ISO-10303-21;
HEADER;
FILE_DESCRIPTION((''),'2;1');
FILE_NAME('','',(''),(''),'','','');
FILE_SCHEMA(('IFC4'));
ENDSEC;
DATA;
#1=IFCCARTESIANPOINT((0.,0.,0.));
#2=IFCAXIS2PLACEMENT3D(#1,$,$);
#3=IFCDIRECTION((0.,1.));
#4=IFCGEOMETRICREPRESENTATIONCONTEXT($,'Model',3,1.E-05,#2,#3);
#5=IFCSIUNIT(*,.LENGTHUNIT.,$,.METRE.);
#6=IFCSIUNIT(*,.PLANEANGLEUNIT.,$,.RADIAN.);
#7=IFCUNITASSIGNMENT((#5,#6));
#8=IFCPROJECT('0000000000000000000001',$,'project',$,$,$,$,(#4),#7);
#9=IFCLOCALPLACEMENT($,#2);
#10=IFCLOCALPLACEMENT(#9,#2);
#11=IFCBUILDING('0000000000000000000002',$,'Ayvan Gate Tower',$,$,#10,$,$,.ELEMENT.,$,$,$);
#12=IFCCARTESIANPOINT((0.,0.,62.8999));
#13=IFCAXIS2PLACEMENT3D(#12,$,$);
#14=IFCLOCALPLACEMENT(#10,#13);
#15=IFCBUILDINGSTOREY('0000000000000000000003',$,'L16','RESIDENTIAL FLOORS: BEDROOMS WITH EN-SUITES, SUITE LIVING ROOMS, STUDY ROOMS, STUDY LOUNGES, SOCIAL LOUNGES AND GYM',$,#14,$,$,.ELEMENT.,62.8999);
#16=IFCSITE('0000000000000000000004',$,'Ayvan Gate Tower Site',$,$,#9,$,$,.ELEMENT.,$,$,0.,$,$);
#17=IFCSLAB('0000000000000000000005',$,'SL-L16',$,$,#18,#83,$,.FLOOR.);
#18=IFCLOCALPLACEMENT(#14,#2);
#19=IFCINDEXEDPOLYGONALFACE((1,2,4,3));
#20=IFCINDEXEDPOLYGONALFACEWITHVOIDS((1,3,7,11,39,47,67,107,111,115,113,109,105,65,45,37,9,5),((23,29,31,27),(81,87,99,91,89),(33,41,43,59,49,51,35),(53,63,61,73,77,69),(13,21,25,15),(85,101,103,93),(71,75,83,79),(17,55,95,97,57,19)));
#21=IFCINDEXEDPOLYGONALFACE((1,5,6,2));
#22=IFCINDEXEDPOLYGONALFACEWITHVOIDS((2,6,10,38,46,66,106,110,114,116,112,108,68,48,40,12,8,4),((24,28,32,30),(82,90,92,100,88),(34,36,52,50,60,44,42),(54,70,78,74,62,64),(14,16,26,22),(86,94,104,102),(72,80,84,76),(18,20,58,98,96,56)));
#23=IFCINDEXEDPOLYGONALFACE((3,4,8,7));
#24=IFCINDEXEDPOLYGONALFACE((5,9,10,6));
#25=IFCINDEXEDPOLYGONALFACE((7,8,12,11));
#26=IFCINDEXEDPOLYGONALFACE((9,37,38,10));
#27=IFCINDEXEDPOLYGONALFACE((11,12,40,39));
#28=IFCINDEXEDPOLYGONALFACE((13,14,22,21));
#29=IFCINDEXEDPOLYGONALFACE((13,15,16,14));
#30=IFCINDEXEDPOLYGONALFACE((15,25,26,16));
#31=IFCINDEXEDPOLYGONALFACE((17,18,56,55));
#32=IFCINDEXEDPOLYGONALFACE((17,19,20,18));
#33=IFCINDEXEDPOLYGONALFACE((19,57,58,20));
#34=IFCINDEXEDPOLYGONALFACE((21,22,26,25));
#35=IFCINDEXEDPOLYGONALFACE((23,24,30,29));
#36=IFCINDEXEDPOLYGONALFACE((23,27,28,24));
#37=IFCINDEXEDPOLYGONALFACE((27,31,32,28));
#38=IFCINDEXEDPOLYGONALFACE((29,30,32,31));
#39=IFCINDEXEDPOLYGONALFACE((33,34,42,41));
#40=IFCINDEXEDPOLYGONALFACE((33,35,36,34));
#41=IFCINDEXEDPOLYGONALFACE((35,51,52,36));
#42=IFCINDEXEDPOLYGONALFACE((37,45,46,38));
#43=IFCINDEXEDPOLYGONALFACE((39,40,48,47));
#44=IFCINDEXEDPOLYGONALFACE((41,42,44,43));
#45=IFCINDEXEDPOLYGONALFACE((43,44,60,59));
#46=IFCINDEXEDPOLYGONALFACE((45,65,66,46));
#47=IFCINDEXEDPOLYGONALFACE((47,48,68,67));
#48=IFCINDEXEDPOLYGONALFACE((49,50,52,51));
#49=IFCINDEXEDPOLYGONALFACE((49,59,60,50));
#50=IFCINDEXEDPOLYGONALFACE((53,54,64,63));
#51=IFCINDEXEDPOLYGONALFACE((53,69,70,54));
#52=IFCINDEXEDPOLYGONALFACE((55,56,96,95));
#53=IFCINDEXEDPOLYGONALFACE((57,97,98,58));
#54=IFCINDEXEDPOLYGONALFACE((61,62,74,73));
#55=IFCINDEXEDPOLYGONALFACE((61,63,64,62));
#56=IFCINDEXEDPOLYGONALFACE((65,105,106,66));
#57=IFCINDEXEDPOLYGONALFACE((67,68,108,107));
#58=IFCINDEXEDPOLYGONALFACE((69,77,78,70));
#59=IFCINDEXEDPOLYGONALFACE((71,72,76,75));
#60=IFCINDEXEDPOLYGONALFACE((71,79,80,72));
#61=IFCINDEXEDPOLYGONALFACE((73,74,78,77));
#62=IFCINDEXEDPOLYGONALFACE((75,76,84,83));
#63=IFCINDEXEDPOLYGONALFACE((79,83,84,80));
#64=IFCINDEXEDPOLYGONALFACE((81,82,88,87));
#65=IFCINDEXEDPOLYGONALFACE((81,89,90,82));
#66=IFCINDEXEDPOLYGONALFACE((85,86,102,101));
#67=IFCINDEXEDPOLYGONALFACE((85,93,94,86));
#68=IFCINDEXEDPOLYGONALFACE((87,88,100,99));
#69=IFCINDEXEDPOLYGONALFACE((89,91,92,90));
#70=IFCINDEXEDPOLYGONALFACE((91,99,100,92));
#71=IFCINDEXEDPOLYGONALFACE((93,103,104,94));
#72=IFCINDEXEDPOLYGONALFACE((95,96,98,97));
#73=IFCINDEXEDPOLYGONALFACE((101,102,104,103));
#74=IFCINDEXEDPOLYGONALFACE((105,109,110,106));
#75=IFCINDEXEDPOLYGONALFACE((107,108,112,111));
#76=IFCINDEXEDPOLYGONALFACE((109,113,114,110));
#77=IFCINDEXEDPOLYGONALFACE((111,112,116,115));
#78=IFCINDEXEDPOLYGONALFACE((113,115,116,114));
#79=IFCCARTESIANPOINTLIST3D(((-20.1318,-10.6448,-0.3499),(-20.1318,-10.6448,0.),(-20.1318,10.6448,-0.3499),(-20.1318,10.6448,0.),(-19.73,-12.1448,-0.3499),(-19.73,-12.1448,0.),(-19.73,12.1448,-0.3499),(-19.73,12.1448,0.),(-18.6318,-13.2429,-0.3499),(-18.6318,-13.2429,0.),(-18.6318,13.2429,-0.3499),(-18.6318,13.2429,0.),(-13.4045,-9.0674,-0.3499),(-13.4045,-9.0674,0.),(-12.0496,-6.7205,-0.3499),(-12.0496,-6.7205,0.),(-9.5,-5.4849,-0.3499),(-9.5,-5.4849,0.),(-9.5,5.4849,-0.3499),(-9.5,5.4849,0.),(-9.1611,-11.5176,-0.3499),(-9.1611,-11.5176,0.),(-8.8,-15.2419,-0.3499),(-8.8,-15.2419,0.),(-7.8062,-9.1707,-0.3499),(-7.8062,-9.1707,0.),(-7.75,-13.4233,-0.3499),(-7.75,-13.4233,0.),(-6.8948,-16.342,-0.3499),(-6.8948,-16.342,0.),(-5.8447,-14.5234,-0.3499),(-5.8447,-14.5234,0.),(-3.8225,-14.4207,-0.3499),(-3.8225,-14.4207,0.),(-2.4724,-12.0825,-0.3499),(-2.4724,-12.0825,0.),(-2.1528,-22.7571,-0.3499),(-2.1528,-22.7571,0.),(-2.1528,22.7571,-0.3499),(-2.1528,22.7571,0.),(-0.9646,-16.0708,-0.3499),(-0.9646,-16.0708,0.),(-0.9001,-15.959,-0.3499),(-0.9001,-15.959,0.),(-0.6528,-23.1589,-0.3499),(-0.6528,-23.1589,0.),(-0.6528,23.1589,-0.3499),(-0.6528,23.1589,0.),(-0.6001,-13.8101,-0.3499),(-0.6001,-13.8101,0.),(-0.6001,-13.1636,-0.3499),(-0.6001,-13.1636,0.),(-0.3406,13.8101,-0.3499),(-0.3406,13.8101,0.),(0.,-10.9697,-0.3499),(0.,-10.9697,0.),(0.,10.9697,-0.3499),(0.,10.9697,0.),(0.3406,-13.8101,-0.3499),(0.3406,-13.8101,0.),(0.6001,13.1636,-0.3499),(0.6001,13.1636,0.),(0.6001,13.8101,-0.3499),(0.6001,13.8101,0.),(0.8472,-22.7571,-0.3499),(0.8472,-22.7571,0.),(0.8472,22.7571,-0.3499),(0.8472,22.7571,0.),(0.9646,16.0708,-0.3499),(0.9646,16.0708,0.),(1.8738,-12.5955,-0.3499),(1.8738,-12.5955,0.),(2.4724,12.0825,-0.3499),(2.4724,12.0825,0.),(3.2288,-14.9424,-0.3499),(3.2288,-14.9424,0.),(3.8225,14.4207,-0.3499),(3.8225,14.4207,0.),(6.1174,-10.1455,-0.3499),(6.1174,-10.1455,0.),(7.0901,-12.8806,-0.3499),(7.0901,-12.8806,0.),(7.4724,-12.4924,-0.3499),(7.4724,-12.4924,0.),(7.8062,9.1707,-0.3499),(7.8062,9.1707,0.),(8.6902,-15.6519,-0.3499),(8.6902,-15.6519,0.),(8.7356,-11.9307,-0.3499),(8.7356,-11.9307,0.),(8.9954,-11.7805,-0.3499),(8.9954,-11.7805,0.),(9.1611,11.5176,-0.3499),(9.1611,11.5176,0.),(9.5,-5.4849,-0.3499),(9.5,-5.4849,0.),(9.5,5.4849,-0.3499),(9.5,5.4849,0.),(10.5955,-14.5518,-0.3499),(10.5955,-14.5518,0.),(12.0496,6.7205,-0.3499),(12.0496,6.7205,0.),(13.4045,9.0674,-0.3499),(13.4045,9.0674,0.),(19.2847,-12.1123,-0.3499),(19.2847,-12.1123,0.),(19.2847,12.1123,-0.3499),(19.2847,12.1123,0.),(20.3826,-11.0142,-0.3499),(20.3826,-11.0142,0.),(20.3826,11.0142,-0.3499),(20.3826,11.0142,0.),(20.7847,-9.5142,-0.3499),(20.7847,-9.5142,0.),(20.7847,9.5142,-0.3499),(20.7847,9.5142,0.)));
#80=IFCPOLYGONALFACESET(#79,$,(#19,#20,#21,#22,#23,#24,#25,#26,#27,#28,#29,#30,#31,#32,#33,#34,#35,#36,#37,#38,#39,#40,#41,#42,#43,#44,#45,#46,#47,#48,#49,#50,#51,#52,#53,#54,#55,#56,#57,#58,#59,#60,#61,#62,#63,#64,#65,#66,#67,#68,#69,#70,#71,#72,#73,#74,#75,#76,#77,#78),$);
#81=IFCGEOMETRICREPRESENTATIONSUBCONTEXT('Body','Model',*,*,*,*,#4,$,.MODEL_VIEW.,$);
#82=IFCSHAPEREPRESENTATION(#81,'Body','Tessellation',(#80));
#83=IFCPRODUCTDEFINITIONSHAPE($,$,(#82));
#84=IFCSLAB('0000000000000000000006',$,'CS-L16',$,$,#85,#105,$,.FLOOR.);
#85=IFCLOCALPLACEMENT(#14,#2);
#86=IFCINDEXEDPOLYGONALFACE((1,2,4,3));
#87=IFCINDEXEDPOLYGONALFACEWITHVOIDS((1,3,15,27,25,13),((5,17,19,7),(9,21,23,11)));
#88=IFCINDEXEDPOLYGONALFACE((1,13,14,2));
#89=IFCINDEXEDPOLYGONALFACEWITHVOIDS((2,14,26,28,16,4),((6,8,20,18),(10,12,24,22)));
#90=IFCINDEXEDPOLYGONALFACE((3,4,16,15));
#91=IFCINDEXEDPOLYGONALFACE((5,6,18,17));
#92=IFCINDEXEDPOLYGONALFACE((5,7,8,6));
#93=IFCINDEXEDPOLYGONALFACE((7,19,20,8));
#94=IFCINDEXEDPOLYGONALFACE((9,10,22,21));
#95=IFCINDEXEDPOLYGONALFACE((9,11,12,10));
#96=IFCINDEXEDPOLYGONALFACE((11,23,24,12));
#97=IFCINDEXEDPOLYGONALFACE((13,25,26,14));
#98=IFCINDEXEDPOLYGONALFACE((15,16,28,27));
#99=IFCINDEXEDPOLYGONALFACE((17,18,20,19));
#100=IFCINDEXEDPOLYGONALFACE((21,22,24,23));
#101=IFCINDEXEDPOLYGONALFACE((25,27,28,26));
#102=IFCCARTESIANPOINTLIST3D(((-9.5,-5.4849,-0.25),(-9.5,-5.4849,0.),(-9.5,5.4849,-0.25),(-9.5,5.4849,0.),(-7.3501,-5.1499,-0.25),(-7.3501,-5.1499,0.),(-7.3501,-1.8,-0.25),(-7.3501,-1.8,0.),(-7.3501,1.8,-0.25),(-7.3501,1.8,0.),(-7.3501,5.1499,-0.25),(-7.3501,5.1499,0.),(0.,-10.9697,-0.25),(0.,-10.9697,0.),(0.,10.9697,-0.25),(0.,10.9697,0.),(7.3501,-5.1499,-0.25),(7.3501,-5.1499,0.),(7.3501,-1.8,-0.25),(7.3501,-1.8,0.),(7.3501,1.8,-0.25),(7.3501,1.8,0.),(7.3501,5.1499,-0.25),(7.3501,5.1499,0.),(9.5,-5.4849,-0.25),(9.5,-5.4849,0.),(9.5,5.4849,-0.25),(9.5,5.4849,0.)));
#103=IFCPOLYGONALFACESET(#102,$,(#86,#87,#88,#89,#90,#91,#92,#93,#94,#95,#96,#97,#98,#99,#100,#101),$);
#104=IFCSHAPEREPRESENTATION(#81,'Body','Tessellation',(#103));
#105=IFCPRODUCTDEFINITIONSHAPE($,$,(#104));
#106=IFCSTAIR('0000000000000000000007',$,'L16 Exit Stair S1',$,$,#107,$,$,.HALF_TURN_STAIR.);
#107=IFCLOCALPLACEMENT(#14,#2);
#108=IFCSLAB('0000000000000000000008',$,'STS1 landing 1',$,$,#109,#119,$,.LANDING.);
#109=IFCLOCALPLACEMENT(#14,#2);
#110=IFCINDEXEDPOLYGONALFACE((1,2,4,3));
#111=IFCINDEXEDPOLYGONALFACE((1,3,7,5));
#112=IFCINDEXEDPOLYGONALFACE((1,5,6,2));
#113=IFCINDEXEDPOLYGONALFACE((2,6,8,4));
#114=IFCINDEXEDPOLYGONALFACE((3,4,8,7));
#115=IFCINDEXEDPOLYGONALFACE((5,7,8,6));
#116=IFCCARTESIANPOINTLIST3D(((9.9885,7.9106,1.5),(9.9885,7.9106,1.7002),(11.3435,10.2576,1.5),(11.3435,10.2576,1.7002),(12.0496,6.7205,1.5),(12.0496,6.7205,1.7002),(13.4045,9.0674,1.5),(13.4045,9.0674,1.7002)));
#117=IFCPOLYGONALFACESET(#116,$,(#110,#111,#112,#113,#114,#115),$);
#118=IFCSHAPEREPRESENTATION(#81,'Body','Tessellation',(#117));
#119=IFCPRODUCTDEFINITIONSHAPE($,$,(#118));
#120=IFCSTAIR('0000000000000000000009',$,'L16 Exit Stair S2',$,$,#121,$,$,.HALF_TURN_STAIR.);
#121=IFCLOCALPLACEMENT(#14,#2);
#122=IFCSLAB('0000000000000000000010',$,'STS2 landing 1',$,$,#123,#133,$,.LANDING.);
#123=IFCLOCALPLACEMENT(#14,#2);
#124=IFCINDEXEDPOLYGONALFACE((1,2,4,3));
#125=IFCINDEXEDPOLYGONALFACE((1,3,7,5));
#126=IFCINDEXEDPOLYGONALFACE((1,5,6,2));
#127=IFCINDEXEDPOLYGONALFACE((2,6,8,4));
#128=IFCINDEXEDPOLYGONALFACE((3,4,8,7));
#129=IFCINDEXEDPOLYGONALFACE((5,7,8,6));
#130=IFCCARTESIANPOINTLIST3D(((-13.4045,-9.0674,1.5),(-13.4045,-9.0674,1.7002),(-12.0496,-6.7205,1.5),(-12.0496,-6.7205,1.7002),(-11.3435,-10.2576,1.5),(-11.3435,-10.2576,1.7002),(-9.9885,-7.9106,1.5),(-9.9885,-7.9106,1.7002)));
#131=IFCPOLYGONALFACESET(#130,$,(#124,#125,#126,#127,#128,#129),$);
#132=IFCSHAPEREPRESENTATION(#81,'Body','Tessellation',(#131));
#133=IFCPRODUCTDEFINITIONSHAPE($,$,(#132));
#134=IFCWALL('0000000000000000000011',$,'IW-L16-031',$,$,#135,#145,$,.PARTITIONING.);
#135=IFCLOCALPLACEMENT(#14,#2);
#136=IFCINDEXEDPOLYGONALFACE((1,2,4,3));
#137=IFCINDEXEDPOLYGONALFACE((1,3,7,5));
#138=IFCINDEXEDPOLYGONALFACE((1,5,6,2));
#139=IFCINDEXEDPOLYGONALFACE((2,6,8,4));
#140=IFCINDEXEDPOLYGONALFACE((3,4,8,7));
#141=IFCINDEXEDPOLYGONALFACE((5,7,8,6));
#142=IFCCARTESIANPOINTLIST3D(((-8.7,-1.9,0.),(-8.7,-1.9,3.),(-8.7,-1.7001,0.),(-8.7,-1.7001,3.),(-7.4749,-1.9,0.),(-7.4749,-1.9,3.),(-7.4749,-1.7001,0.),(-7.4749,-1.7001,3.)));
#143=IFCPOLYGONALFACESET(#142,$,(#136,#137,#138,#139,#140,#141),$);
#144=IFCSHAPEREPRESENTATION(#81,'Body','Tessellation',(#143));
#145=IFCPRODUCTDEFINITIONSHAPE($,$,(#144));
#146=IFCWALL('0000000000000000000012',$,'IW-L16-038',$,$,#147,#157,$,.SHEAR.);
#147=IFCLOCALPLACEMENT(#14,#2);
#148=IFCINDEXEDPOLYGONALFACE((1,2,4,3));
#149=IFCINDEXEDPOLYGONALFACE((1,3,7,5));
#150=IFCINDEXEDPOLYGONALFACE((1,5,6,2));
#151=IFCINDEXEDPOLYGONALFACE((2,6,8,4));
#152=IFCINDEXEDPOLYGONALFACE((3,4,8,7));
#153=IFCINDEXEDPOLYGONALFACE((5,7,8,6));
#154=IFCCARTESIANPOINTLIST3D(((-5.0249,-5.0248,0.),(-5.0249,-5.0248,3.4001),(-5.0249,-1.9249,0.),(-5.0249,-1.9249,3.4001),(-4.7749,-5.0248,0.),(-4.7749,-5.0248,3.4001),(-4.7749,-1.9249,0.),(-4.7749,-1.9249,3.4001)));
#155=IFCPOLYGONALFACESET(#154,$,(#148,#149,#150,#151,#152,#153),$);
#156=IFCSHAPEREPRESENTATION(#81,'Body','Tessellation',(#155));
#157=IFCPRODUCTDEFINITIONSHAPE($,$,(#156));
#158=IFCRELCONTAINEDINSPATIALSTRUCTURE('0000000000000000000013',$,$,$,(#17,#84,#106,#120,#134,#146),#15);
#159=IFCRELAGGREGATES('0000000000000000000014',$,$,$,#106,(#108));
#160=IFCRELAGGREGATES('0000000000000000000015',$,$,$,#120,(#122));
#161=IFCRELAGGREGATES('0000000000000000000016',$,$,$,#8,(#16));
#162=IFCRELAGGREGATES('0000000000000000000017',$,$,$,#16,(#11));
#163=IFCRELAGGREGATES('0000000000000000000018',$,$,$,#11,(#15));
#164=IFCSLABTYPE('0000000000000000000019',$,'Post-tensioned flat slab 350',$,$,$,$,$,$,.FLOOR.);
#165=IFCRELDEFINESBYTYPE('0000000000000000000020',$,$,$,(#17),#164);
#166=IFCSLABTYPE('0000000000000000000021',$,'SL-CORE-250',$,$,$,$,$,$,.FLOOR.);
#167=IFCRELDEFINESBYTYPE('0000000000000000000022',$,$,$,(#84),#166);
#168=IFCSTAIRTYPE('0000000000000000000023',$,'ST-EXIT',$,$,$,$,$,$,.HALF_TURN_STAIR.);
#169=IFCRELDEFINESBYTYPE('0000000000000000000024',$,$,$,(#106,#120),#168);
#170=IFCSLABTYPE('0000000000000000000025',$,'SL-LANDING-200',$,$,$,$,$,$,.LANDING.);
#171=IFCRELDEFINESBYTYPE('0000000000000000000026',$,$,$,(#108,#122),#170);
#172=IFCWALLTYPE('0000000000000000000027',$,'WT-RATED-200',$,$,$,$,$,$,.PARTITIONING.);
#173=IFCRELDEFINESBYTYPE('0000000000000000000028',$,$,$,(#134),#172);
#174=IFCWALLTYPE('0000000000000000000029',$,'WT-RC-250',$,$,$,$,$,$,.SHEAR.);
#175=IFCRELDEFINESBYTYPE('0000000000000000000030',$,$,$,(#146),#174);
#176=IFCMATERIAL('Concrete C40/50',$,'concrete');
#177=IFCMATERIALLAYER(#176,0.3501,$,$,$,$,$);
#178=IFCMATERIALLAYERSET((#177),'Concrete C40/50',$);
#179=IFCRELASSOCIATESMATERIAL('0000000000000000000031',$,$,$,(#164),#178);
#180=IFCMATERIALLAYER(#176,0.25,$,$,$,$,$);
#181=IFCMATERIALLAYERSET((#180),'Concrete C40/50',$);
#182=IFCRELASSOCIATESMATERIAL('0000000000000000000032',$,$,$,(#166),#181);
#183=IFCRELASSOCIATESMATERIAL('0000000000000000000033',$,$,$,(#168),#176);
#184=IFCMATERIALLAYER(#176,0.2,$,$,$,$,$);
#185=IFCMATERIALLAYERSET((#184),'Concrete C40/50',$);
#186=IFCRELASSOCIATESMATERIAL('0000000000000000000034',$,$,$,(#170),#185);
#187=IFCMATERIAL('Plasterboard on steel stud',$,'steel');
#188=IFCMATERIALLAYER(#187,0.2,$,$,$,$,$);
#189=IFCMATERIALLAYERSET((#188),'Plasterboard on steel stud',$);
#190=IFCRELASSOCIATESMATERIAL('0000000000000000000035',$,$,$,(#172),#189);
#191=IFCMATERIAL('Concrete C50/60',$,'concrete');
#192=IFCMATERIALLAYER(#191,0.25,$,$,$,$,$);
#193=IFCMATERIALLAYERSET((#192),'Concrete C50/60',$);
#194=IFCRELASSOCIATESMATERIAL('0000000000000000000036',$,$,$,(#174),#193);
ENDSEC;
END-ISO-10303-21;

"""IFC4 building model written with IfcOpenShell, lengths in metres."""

from ifc_helpers import new_model, si_unit, direction, frame, frame_2d, origin, place, context, subcontext, project, spatial, polyline, rectangle, outline, extrude, material, layer, layer_set, type_object, element, aggregate, save


model = new_model("IFC4")

# Units and contexts
model_context = context("Model", 3, precision=1e-05, world=origin(), true_north=direction((0.0, 1.0)))
body_context = subcontext(model_context, "Body", "Model", "MODEL_VIEW")
ifc_project = project(units=[si_unit("LENGTHUNIT", "METRE"), si_unit("PLANEANGLEUNIT", "RADIAN")], contexts=[model_context])

# Site, building, storey
site_placement = place(None, origin())
site = spatial("IfcSite", under=ifc_project, at=site_placement, Name="Ayvan Gate Tower Site", CompositionType="ELEMENT", RefElevation=0.0)
building_placement = place(site_placement, origin())
building = spatial("IfcBuilding", under=site, at=building_placement, Name="Ayvan Gate Tower", CompositionType="ELEMENT")
storey_placement = place(building_placement, frame((0.0, 0.0, 62.8999)))
storey = spatial("IfcBuildingStorey", under=building, at=storey_placement, Name="L16", Description="RESIDENTIAL FLOORS: BEDROOMS WITH EN-SUITES, SUITE LIVING ROOMS, STUDY ROOMS, STUDY LOUNGES, SOCIAL LOUNGES AND GYM", CompositionType="ELEMENT", Elevation=62.8999)

# Slabs
ifc_material_1 = material(Name="Concrete C40/50", Category="concrete")
ifc_layer_1 = layer(ifc_material_1, 0.3501)
ifc_layer_set_1 = layer_set([ifc_layer_1], Name="Concrete C40/50")
slab_type_1 = type_object("IfcSlabType", Name="Post-tensioned flat slab 350", PredefinedType="FLOOR", material=ifc_layer_set_1)
slab_1_placement = place(storey_placement, frame((0.0, 0.0, -0.3499)))
element("IfcSlab", 1, at=slab_1_placement, inside=storey, type_object=slab_type_1, Name="SL-L16", PredefinedType="FLOOR", context=body_context, shape_type="SweptSolid", body=[
    extrude(outline(polyline([(-2.1528, -22.7571), (-18.6318, -13.2429), (-19.73, -12.1448), (-20.1318, -10.6448), (-20.1318, 10.6448), (-19.73, 12.1448), (-18.6318, 13.2429), (-2.1528, 22.7571), (-0.6528, 23.1589), (0.8472, 22.7571), (19.2847, 12.1123), (20.3826, 11.0142), (20.7847, 9.5142), (20.7847, -9.5142), (20.3826, -11.0142), (19.2847, -12.1123), (0.8472, -22.7571), (-0.6528, -23.1589), (-2.1528, -22.7571)]), holes=[polyline([(9.1611, 11.5176), (7.8062, 9.1707), (12.0496, 6.7205), (13.4045, 9.0674), (9.1611, 11.5176)]), polyline([(10.5955, -14.5518), (8.9954, -11.7805), (8.7356, -11.9307), (7.0901, -12.8806), (8.6902, -15.6519), (10.5955, -14.5518)]), polyline([(-9.5, 5.4849), (-9.5, -5.4849), (0.0, -10.9697), (9.5, -5.4849), (9.5, 5.4849), (0.0, 10.9697), (-9.5, 5.4849)]), polyline([(7.4724, -12.4924), (6.1174, -10.1455), (1.8738, -12.5955), (3.2288, -14.9424), (7.4724, -12.4924)]), polyline([(3.8225, 14.4207), (0.9646, 16.0708), (-0.3406, 13.8101), (0.6001, 13.8101), (0.6001, 13.1636), (2.4724, 12.0825), (3.8225, 14.4207)]), polyline([(-0.6001, -13.8101), (-0.6001, -13.1636), (-2.4724, -12.0825), (-3.8225, -14.4207), (-0.9646, -16.0708), (-0.9001, -15.959), (0.3406, -13.8101), (-0.6001, -13.8101)]), polyline([(-8.8, -15.2419), (-6.8948, -16.342), (-5.8447, -14.5234), (-7.75, -13.4233), (-8.8, -15.2419)]), polyline([(-12.0496, -6.7205), (-13.4045, -9.0674), (-9.1611, -11.5176), (-7.8062, -9.1707), (-12.0496, -6.7205)])]), origin(), (0.0, 0.0, 1.0), 0.3499),
])
ifc_layer_2 = layer(ifc_material_1, 0.25)
ifc_layer_set_2 = layer_set([ifc_layer_2], Name="Concrete C40/50")
slab_type_2 = type_object("IfcSlabType", Name="SL-CORE-250", PredefinedType="FLOOR", material=ifc_layer_set_2)
slab_2_placement = place(storey_placement, frame((0.0, 0.0, -0.25)))
element("IfcSlab", 2, at=slab_2_placement, inside=storey, type_object=slab_type_2, Name="CS-L16", PredefinedType="FLOOR", context=body_context, shape_type="SweptSolid", body=[
    extrude(outline(polyline([(9.5, -5.4849), (0.0, -10.9697), (-9.5, -5.4849), (-9.5, 5.4849), (0.0, 10.9697), (9.5, 5.4849), (9.5, -5.4849)]), holes=[polyline([(-7.3501, -1.8), (-7.3501, -5.1499), (7.3501, -5.1499), (7.3501, -1.8), (-7.3501, -1.8)]), polyline([(-7.3501, 5.1499), (-7.3501, 1.8), (7.3501, 1.8), (7.3501, 5.1499), (-7.3501, 5.1499)])]), origin(), (0.0, 0.0, 1.0), 0.25),
])

# Stairs, slabs
stair_type = type_object("IfcStairType", Name="ST-EXIT", PredefinedType="HALF_TURN_STAIR", material=ifc_material_1)
stair_1_placement = place(storey_placement, origin())
stair_1 = element("IfcStair", 3, at=stair_1_placement, inside=storey, type_object=stair_type, Name="L16 Exit Stair S1", PredefinedType="HALF_TURN_STAIR")
ifc_layer_3 = layer(ifc_material_1, 0.2)
ifc_layer_set_3 = layer_set([ifc_layer_3], Name="Concrete C40/50")
slab_type_3 = type_object("IfcSlabType", Name="SL-LANDING-200", PredefinedType="LANDING", material=ifc_layer_set_3)
slab_3_placement = place(storey_placement, frame((0.0, 0.0, 1.5)))
slab_3 = element("IfcSlab", 4, at=slab_3_placement, type_object=slab_type_3, Name="STS1 landing 1", PredefinedType="LANDING", context=body_context, shape_type="SweptSolid", body=[
    extrude(outline(polyline([(9.9885, 7.9106), (12.0496, 6.7205), (13.4045, 9.0674), (11.3435, 10.2576), (9.9885, 7.9106)])), origin(), (0.0, 0.0, 1.0), 0.2002),
])
aggregate(stair_1, [slab_3])
stair_2_placement = place(storey_placement, origin())
stair_2 = element("IfcStair", 5, at=stair_2_placement, inside=storey, type_object=stair_type, Name="L16 Exit Stair S2", PredefinedType="HALF_TURN_STAIR")
slab_4_placement = place(storey_placement, frame((0.0, 0.0, 1.5)))
slab_4 = element("IfcSlab", 6, at=slab_4_placement, type_object=slab_type_3, Name="STS2 landing 1", PredefinedType="LANDING", context=body_context, shape_type="SweptSolid", body=[
    extrude(outline(polyline([(-9.9885, -7.9106), (-12.0496, -6.7205), (-13.4045, -9.0674), (-11.3435, -10.2576), (-9.9885, -7.9106)])), origin(), (0.0, 0.0, 1.0), 0.2002),
])
aggregate(stair_2, [slab_4])

# Walls
ifc_material_2 = material(Name="Plasterboard on steel stud", Category="steel")
ifc_layer_4 = layer(ifc_material_2, 0.2)
ifc_layer_set_4 = layer_set([ifc_layer_4], Name="Plasterboard on steel stud")
wall_type_1 = type_object("IfcWallType", Name="WT-RATED-200", PredefinedType="PARTITIONING", material=ifc_layer_set_4)
wall_1_placement = place(storey_placement, frame((-7.4749, -1.8, 0.0), z_axis=(0.0, 0.0, 1.0), x_axis=(-1.0, 0.0, 0.0)))
element("IfcWall", 7, at=wall_1_placement, inside=storey, type_object=wall_type_1, Name="IW-L16-031", PredefinedType="PARTITIONING", context=body_context, shape_type="SweptSolid", body=[
    extrude(rectangle(XDim=1.2251, YDim=0.2, at=frame_2d((0.6125, 0.0))), origin(), (0.0, 0.0, 1.0), 3.0),
])
ifc_material_3 = material(Name="Concrete C50/60", Category="concrete")
ifc_layer_5 = layer(ifc_material_3, 0.25)
ifc_layer_set_5 = layer_set([ifc_layer_5], Name="Concrete C50/60")
wall_type_2 = type_object("IfcWallType", Name="WT-RC-250", PredefinedType="SHEAR", material=ifc_layer_set_5)
wall_2_placement = place(storey_placement, frame((-4.8999, -1.925, 0.0), z_axis=(0.0, 0.0, 1.0), x_axis=(0.0, -1.0, 0.0)))
element("IfcWall", 8, at=wall_2_placement, inside=storey, type_object=wall_type_2, Name="IW-L16-038", PredefinedType="SHEAR", context=body_context, shape_type="SweptSolid", body=[
    extrude(rectangle(XDim=3.0999, YDim=0.25, at=frame_2d((1.5498, 0.0))), origin(), (0.0, 0.0, 1.0), 3.4001),
])

save(model, "model.ifc")
